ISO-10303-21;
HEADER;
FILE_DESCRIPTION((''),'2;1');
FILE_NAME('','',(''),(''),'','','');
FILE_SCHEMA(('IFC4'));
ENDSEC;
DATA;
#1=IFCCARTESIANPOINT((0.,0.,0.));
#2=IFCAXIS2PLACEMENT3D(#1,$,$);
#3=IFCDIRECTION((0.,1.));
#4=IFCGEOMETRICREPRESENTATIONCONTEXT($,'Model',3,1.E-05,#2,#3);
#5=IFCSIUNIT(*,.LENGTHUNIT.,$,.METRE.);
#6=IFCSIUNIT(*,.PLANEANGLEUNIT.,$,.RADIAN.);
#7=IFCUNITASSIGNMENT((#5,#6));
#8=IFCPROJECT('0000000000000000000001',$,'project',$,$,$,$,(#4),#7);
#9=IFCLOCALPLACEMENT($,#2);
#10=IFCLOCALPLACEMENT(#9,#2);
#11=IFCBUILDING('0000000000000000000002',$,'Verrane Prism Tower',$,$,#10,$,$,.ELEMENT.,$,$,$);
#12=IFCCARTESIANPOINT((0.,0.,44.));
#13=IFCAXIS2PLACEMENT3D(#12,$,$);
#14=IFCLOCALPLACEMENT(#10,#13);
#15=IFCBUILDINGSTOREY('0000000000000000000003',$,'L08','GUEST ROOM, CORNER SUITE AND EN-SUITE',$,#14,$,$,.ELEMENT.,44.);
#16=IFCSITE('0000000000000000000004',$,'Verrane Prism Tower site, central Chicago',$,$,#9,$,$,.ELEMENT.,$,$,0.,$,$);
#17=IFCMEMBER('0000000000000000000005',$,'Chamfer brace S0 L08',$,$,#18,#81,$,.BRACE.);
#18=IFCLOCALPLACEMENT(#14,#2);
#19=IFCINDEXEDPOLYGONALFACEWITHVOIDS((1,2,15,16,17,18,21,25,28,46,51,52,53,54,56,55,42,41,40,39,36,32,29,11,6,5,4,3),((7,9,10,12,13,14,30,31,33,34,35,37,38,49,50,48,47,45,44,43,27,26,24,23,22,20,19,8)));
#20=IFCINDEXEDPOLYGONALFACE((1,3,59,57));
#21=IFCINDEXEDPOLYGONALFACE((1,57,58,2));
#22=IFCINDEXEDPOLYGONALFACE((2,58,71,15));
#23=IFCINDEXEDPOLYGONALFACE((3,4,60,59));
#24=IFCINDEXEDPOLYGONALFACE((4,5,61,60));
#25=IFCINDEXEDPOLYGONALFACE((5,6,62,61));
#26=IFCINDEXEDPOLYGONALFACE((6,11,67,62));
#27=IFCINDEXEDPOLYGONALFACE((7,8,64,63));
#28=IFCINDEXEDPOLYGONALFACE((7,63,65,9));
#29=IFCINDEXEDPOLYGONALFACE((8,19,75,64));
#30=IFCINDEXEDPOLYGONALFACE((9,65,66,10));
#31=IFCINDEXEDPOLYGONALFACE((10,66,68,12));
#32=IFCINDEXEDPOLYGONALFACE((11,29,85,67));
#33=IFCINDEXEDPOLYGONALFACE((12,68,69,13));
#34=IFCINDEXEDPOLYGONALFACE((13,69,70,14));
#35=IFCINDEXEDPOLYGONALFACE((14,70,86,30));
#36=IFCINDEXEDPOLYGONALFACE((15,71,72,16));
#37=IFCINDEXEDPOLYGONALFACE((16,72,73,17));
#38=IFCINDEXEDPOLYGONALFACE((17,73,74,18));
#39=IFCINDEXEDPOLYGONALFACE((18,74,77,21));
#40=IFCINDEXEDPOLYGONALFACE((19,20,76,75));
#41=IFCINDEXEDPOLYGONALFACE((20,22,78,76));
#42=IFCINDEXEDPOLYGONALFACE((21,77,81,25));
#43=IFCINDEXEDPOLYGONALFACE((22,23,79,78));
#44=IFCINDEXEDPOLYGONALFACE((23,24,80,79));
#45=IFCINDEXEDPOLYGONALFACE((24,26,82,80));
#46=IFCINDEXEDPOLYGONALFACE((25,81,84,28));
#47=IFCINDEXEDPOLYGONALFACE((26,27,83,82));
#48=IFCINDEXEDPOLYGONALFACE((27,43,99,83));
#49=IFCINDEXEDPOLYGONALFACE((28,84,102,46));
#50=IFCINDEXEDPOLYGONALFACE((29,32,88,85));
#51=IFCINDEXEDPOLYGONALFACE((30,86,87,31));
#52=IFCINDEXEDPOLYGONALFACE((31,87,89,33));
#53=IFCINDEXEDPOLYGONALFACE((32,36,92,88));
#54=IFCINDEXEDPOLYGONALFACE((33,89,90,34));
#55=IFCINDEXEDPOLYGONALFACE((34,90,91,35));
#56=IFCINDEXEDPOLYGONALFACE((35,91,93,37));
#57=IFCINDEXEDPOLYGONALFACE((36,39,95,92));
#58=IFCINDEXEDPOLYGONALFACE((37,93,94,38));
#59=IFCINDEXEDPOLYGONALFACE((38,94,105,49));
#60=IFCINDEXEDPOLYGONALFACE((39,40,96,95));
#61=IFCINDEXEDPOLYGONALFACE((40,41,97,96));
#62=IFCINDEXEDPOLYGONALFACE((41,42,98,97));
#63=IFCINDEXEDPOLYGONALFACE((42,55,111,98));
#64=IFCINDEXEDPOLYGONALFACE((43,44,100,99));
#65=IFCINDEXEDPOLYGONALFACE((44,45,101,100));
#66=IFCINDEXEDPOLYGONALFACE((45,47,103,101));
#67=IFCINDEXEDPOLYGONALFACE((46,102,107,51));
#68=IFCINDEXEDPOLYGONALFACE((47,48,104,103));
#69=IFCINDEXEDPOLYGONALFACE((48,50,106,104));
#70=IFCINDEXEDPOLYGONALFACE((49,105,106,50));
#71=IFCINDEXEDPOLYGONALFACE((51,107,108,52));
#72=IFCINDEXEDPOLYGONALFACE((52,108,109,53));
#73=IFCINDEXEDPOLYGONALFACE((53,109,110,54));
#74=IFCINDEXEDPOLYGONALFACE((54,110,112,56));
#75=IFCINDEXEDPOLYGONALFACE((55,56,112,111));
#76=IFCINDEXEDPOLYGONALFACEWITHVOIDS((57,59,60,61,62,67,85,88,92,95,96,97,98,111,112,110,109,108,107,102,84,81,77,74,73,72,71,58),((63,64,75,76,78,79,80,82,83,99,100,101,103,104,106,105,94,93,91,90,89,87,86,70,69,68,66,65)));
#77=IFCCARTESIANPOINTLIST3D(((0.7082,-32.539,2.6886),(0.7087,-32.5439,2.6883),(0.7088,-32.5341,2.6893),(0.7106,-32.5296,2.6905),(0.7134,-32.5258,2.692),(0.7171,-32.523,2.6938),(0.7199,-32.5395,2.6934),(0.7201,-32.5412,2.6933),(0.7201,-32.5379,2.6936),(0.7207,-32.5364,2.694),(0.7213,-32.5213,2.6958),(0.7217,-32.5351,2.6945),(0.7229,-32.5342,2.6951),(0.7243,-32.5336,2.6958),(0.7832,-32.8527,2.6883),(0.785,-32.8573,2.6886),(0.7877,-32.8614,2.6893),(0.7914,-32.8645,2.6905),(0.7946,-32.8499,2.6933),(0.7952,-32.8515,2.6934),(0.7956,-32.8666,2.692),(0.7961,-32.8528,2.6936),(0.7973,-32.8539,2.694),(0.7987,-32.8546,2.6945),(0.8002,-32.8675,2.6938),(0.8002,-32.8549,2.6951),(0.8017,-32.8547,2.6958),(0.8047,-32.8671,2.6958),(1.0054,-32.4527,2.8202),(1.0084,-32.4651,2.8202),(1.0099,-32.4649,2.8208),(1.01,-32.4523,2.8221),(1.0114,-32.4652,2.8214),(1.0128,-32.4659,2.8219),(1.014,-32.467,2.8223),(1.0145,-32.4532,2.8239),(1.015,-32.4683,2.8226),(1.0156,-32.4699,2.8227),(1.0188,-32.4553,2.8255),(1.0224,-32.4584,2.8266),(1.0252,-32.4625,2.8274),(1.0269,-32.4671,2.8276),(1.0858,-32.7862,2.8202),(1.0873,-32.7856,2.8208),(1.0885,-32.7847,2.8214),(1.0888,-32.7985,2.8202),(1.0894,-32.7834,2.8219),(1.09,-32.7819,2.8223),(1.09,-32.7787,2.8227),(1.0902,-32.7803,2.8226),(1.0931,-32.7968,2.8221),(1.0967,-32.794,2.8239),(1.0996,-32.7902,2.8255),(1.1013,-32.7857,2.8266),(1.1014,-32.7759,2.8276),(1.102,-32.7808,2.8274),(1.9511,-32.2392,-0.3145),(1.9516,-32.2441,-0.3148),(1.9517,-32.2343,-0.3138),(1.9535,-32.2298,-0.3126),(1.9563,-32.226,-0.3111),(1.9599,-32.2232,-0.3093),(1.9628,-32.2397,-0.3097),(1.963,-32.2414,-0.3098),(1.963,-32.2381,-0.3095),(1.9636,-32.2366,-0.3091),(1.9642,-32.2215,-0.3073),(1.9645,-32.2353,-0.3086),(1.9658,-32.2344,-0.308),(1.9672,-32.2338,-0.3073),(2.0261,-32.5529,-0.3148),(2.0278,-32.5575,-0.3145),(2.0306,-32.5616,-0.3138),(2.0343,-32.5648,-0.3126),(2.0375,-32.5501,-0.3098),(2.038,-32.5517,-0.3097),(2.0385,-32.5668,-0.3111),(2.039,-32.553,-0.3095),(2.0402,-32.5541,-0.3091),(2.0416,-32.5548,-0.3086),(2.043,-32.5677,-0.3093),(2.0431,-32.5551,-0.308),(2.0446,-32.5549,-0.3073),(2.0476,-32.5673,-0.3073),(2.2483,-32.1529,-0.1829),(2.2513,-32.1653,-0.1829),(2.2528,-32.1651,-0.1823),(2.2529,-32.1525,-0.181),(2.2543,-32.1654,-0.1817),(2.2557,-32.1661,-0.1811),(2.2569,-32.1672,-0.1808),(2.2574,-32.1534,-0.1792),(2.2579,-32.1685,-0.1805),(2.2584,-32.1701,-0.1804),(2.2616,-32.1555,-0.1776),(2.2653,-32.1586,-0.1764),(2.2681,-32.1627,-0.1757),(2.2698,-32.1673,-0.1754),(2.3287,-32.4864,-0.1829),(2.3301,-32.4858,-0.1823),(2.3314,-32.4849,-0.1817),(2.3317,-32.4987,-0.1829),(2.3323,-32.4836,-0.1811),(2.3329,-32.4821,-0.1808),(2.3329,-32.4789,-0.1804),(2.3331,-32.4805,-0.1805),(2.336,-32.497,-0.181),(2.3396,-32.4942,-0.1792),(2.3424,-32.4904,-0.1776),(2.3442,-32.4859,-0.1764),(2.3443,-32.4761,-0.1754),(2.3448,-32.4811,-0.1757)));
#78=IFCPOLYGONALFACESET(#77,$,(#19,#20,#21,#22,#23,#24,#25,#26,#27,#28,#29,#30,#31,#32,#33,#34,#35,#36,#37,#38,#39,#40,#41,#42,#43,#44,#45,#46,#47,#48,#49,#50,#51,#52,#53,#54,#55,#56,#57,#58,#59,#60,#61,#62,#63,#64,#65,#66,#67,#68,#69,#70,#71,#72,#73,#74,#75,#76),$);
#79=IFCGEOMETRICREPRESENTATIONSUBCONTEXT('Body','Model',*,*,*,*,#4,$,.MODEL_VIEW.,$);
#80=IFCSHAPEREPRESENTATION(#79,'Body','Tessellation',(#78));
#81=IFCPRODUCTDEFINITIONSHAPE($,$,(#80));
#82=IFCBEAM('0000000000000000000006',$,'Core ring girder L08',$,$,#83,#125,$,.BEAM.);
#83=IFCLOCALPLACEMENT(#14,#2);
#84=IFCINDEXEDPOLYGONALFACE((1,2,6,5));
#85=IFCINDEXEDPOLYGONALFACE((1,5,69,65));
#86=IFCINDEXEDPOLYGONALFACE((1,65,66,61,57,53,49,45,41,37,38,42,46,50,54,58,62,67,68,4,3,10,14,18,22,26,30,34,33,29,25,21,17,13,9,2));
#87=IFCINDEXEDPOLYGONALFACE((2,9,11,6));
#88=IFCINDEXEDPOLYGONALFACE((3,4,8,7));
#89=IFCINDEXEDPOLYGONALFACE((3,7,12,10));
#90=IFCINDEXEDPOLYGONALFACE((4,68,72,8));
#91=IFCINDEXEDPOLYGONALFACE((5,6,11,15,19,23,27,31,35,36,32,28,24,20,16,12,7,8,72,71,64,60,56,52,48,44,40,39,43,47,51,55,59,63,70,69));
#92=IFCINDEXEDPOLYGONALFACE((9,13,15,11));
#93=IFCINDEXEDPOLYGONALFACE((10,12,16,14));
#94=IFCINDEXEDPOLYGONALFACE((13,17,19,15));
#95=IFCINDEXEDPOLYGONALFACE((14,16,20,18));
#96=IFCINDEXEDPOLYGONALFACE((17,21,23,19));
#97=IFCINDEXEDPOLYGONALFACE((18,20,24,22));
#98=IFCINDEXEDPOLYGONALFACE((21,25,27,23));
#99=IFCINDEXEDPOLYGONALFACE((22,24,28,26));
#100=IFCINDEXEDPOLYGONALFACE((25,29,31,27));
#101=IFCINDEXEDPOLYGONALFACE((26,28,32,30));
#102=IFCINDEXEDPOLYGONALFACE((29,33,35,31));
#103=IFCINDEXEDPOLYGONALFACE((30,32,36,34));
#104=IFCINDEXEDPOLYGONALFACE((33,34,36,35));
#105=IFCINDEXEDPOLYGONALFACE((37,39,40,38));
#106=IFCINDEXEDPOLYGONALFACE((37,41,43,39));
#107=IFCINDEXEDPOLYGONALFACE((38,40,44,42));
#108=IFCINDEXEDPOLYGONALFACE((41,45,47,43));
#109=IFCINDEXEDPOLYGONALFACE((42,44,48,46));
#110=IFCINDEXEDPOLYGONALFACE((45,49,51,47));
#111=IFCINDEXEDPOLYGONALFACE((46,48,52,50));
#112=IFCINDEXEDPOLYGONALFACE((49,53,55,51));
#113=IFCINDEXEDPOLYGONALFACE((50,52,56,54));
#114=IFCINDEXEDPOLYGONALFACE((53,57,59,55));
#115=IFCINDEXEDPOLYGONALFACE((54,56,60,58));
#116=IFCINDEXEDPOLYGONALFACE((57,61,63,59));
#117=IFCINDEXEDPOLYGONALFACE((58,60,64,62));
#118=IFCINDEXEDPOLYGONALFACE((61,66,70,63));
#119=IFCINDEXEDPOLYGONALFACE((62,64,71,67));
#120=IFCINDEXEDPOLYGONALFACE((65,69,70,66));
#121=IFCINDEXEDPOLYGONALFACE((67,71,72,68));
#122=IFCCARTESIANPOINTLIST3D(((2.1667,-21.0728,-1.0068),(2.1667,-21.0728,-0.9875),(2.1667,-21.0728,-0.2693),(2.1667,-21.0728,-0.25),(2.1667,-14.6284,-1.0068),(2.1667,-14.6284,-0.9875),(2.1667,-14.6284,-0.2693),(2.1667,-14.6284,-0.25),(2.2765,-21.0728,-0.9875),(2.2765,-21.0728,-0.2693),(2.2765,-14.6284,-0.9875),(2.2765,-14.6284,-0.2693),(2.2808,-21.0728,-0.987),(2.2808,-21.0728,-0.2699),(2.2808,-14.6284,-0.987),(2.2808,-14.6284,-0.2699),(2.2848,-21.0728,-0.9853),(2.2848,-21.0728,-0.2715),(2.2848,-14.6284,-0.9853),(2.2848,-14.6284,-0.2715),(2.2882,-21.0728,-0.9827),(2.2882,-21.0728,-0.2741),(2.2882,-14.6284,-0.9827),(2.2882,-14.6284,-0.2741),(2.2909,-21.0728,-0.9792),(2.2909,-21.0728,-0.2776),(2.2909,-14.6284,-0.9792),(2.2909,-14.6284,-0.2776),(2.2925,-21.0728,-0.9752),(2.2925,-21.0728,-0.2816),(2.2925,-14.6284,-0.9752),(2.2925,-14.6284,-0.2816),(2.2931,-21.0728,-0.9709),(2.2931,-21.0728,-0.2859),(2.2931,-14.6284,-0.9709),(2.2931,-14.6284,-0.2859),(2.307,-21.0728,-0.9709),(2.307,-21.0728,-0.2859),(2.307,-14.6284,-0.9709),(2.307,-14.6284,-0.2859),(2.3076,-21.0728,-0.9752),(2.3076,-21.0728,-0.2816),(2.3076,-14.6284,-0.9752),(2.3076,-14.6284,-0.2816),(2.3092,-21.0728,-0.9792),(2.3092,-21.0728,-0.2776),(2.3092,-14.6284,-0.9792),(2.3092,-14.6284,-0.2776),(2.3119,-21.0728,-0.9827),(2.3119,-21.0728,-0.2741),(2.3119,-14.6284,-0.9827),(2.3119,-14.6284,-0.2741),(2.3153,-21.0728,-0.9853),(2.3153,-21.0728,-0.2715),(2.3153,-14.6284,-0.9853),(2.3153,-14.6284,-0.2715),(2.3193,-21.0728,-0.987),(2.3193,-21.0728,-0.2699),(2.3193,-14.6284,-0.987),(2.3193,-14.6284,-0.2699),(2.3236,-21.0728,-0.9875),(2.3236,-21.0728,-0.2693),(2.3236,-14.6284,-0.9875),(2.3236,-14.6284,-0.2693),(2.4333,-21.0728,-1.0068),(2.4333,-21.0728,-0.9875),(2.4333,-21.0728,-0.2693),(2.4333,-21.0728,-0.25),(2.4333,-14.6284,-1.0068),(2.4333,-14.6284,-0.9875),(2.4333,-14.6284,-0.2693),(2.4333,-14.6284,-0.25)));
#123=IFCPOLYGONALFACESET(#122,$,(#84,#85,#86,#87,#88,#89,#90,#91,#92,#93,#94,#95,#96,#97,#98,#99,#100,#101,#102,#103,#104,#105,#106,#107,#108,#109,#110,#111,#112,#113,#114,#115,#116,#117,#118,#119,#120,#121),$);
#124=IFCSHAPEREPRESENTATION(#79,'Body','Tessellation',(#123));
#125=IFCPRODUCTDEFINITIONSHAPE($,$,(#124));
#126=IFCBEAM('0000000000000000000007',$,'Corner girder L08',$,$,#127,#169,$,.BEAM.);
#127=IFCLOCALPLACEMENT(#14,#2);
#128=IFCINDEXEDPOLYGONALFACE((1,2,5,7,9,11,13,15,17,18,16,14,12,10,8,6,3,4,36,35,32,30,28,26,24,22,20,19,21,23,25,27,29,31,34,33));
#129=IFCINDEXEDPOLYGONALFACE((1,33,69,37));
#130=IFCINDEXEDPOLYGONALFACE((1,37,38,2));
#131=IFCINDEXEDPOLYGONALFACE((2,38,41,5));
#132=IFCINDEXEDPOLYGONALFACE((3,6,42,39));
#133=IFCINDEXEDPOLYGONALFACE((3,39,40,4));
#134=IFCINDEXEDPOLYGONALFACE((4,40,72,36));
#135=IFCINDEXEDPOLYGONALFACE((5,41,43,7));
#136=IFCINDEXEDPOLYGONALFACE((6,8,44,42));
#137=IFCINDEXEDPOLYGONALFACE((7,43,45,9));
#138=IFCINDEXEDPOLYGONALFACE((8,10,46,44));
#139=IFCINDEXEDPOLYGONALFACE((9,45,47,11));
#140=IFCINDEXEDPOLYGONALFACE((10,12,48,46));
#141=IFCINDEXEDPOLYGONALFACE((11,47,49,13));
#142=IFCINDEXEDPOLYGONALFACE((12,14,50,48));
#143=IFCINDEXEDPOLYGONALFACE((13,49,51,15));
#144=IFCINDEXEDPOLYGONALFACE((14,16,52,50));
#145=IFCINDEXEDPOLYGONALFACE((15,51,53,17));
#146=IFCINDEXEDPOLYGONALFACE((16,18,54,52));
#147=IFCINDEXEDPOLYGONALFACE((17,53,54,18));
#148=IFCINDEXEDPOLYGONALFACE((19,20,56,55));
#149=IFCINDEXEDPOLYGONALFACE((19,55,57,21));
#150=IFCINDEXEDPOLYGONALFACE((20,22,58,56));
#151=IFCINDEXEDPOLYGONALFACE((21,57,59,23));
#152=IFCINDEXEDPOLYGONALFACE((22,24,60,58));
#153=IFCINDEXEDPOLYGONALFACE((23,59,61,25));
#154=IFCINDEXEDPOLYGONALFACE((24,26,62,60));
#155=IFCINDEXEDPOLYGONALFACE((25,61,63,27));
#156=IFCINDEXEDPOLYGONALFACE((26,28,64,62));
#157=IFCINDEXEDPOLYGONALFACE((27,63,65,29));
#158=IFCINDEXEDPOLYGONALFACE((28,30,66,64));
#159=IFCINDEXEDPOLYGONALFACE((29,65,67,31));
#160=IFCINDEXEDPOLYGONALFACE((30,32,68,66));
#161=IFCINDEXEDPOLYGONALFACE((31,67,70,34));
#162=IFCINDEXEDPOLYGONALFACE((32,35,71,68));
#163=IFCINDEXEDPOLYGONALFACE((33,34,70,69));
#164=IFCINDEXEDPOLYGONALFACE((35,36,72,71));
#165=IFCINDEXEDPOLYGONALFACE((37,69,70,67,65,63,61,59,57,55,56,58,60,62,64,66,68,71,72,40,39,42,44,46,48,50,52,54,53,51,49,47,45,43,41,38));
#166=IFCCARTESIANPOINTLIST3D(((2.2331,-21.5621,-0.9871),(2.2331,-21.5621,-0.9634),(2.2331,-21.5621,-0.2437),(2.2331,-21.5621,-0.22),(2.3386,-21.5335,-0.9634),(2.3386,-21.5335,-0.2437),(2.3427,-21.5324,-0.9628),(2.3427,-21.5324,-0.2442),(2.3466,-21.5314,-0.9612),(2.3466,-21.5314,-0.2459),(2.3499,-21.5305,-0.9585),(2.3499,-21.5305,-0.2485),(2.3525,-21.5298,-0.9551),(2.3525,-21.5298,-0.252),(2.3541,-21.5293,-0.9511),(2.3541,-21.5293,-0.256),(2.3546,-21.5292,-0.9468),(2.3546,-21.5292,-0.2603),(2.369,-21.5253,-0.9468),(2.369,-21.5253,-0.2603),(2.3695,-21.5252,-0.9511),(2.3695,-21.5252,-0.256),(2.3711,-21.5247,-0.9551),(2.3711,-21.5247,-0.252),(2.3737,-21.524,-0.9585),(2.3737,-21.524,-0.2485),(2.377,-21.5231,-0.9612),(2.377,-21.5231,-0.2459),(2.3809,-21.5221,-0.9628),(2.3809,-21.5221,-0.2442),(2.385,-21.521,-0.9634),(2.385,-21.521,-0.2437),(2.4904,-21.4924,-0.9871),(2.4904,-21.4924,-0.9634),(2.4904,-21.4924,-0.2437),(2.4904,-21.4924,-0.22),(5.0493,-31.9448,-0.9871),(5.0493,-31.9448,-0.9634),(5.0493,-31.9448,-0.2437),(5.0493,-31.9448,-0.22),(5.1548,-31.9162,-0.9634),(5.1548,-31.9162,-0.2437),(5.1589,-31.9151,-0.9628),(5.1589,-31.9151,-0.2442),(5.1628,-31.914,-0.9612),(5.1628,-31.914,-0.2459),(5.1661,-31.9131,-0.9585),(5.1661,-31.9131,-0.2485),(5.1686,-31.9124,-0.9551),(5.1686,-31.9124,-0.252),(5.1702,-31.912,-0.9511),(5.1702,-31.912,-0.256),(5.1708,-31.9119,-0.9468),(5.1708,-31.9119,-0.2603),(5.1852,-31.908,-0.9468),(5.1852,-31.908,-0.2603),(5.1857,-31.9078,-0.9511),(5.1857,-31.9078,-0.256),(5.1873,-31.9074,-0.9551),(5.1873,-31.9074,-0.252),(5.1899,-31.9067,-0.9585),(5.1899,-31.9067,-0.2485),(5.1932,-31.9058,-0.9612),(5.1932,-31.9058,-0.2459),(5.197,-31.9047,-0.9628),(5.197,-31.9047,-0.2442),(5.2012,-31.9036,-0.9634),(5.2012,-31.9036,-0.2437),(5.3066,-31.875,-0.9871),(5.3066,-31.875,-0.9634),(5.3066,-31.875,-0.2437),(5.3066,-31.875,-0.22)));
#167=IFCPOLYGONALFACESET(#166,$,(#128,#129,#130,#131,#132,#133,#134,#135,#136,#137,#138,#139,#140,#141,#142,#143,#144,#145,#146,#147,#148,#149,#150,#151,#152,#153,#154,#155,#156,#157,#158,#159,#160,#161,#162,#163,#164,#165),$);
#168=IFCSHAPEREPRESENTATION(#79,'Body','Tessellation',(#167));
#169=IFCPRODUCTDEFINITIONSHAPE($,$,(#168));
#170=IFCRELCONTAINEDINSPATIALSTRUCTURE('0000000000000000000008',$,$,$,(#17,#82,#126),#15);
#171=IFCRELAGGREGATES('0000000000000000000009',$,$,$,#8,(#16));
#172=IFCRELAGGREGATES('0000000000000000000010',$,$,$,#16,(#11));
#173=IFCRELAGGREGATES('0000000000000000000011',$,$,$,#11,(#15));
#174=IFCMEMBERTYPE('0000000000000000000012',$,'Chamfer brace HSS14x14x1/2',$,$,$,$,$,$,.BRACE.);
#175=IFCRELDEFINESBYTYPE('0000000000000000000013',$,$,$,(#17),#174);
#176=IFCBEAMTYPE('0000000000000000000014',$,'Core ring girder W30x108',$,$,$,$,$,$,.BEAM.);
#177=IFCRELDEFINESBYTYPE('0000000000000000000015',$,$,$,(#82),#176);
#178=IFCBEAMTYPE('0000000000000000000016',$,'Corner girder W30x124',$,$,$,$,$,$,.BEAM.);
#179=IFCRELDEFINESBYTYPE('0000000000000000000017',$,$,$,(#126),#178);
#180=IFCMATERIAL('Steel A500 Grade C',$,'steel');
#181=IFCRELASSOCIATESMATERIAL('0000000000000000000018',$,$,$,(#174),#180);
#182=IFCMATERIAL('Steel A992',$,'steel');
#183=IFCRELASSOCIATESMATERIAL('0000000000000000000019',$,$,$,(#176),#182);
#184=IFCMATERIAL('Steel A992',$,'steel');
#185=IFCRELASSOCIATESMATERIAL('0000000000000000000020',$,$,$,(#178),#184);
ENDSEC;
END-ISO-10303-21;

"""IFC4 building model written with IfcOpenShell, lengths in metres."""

from ifc_helpers import new_model, si_unit, direction, frame, origin, origin_2d, place, context, subcontext, project, spatial, hollow_rectangle, i_section, extrude, material, material_profile, profile_set, type_object, element, save


model = new_model("IFC4")

# Units and contexts
model_context = context("Model", 3, precision=1e-05, world=origin(), true_north=direction((0.0, 1.0)))
body_context = subcontext(model_context, "Body", "Model", "MODEL_VIEW")
ifc_project = project(units=[si_unit("LENGTHUNIT", "METRE"), si_unit("PLANEANGLEUNIT", "RADIAN")], contexts=[model_context])

# Site, building, storey
site_placement = place(None, origin())
site = spatial("IfcSite", under=ifc_project, at=site_placement, Name="Verrane Prism Tower site, central Chicago", CompositionType="ELEMENT", RefElevation=0.0)
building_placement = place(site_placement, origin())
building = spatial("IfcBuilding", under=site, at=building_placement, Name="Verrane Prism Tower", CompositionType="ELEMENT")
storey_placement = place(building_placement, frame((0.0, 0.0, 44.0)))
storey = spatial("IfcBuildingStorey", under=building, at=storey_placement, Name="L08", Description="GUEST ROOM, CORNER SUITE AND EN-SUITE", CompositionType="ELEMENT", Elevation=44.0)

# Member
ifc_material_1 = material(Name="Steel A500 Grade C", Category="steel")
ifc_material_profile_1 = material_profile(ifc_material_1, hollow_rectangle(XDim=0.3557, YDim=0.3557, WallThickness=0.0127, InnerFilletRadius=0.0063, OuterFilletRadius=0.019, at=origin_2d()), Name="HSS14x14x1/2")
ifc_profile_set_1 = profile_set([ifc_material_profile_1], Name="Steel A500 Grade C")
member_type_1 = type_object("IfcMemberType", Name="Chamfer brace HSS14x14x1/2", PredefinedType="BRACE", material=ifc_profile_set_1)
member_1_placement = place(storey_placement, frame((2.1479, -32.3601, -0.2451), z_axis=(-0.380795, -0.091852, 0.920086), x_axis=(0.234485, -0.97212, 0.0)))
element("IfcMember", 1, at=member_1_placement, inside=storey, type_object=member_type_1, Name="Chamfer brace S0 L08", PredefinedType="BRACE", context=body_context, shape_type="SweptSolid", body=[
    extrude(hollow_rectangle(XDim=0.3557, YDim=0.3557, WallThickness=0.0127, InnerFilletRadius=0.0063, OuterFilletRadius=0.019, at=origin_2d()), origin(), (0.0, 0.0, 1.0), 3.2639),
])

# Beams
ifc_material_2 = material(Name="Steel A992", Category="steel")
ifc_material_profile_2 = material_profile(ifc_material_2, i_section(OverallWidth=0.2666, OverallDepth=0.7568, WebThickness=0.0139, FlangeThickness=0.0193, FilletRadius=0.0166, at=origin_2d()), Name="W30x108")
ifc_profile_set_2 = profile_set([ifc_material_profile_2], Name="Steel A992")
beam_type_1 = type_object("IfcBeamType", Name="Core ring girder W30x108", PredefinedType="BEAM", material=ifc_profile_set_2)
beam_1_placement = place(storey_placement, frame((2.3, -21.0728, -0.6284), z_axis=(0.0, 1.0, 0.0), x_axis=(-1.0, 0.0, 0.0)))
element("IfcBeam", 2, at=beam_1_placement, inside=storey, type_object=beam_type_1, Name="Core ring girder L08", PredefinedType="BEAM", context=body_context, shape_type="SweptSolid", body=[
    extrude(i_section(OverallWidth=0.2666, OverallDepth=0.7568, WebThickness=0.0139, FlangeThickness=0.0193, FilletRadius=0.0166, at=origin_2d()), origin(), (0.0, 0.0, 1.0), 6.4443),
])
ifc_material_3 = material(Name="Steel A992", Category="steel")
ifc_material_profile_3 = material_profile(ifc_material_3, i_section(OverallWidth=0.2666, OverallDepth=0.7671, WebThickness=0.0149, FlangeThickness=0.0237, FilletRadius=0.0166, at=origin_2d()), Name="W30x124")
ifc_profile_set_3 = profile_set([ifc_material_profile_3], Name="Steel A992")
beam_type_2 = type_object("IfcBeamType", Name="Corner girder W30x124", PredefinedType="BEAM", material=ifc_profile_set_3)
beam_2_placement = place(storey_placement, frame((5.178, -31.9099, -0.6035), z_axis=(-0.261781, 0.965127, 0.0), x_axis=(-0.965127, -0.261781, 0.0)))
element("IfcBeam", 3, at=beam_2_placement, inside=storey, type_object=beam_type_2, Name="Corner girder L08", PredefinedType="BEAM", context=body_context, shape_type="SweptSolid", body=[
    extrude(i_section(OverallWidth=0.2666, OverallDepth=0.7671, WebThickness=0.0149, FlangeThickness=0.0237, FilletRadius=0.0166, at=origin_2d()), origin(), (0.0, 0.0, 1.0), 10.7578),
])

save(model, "model.ifc")
